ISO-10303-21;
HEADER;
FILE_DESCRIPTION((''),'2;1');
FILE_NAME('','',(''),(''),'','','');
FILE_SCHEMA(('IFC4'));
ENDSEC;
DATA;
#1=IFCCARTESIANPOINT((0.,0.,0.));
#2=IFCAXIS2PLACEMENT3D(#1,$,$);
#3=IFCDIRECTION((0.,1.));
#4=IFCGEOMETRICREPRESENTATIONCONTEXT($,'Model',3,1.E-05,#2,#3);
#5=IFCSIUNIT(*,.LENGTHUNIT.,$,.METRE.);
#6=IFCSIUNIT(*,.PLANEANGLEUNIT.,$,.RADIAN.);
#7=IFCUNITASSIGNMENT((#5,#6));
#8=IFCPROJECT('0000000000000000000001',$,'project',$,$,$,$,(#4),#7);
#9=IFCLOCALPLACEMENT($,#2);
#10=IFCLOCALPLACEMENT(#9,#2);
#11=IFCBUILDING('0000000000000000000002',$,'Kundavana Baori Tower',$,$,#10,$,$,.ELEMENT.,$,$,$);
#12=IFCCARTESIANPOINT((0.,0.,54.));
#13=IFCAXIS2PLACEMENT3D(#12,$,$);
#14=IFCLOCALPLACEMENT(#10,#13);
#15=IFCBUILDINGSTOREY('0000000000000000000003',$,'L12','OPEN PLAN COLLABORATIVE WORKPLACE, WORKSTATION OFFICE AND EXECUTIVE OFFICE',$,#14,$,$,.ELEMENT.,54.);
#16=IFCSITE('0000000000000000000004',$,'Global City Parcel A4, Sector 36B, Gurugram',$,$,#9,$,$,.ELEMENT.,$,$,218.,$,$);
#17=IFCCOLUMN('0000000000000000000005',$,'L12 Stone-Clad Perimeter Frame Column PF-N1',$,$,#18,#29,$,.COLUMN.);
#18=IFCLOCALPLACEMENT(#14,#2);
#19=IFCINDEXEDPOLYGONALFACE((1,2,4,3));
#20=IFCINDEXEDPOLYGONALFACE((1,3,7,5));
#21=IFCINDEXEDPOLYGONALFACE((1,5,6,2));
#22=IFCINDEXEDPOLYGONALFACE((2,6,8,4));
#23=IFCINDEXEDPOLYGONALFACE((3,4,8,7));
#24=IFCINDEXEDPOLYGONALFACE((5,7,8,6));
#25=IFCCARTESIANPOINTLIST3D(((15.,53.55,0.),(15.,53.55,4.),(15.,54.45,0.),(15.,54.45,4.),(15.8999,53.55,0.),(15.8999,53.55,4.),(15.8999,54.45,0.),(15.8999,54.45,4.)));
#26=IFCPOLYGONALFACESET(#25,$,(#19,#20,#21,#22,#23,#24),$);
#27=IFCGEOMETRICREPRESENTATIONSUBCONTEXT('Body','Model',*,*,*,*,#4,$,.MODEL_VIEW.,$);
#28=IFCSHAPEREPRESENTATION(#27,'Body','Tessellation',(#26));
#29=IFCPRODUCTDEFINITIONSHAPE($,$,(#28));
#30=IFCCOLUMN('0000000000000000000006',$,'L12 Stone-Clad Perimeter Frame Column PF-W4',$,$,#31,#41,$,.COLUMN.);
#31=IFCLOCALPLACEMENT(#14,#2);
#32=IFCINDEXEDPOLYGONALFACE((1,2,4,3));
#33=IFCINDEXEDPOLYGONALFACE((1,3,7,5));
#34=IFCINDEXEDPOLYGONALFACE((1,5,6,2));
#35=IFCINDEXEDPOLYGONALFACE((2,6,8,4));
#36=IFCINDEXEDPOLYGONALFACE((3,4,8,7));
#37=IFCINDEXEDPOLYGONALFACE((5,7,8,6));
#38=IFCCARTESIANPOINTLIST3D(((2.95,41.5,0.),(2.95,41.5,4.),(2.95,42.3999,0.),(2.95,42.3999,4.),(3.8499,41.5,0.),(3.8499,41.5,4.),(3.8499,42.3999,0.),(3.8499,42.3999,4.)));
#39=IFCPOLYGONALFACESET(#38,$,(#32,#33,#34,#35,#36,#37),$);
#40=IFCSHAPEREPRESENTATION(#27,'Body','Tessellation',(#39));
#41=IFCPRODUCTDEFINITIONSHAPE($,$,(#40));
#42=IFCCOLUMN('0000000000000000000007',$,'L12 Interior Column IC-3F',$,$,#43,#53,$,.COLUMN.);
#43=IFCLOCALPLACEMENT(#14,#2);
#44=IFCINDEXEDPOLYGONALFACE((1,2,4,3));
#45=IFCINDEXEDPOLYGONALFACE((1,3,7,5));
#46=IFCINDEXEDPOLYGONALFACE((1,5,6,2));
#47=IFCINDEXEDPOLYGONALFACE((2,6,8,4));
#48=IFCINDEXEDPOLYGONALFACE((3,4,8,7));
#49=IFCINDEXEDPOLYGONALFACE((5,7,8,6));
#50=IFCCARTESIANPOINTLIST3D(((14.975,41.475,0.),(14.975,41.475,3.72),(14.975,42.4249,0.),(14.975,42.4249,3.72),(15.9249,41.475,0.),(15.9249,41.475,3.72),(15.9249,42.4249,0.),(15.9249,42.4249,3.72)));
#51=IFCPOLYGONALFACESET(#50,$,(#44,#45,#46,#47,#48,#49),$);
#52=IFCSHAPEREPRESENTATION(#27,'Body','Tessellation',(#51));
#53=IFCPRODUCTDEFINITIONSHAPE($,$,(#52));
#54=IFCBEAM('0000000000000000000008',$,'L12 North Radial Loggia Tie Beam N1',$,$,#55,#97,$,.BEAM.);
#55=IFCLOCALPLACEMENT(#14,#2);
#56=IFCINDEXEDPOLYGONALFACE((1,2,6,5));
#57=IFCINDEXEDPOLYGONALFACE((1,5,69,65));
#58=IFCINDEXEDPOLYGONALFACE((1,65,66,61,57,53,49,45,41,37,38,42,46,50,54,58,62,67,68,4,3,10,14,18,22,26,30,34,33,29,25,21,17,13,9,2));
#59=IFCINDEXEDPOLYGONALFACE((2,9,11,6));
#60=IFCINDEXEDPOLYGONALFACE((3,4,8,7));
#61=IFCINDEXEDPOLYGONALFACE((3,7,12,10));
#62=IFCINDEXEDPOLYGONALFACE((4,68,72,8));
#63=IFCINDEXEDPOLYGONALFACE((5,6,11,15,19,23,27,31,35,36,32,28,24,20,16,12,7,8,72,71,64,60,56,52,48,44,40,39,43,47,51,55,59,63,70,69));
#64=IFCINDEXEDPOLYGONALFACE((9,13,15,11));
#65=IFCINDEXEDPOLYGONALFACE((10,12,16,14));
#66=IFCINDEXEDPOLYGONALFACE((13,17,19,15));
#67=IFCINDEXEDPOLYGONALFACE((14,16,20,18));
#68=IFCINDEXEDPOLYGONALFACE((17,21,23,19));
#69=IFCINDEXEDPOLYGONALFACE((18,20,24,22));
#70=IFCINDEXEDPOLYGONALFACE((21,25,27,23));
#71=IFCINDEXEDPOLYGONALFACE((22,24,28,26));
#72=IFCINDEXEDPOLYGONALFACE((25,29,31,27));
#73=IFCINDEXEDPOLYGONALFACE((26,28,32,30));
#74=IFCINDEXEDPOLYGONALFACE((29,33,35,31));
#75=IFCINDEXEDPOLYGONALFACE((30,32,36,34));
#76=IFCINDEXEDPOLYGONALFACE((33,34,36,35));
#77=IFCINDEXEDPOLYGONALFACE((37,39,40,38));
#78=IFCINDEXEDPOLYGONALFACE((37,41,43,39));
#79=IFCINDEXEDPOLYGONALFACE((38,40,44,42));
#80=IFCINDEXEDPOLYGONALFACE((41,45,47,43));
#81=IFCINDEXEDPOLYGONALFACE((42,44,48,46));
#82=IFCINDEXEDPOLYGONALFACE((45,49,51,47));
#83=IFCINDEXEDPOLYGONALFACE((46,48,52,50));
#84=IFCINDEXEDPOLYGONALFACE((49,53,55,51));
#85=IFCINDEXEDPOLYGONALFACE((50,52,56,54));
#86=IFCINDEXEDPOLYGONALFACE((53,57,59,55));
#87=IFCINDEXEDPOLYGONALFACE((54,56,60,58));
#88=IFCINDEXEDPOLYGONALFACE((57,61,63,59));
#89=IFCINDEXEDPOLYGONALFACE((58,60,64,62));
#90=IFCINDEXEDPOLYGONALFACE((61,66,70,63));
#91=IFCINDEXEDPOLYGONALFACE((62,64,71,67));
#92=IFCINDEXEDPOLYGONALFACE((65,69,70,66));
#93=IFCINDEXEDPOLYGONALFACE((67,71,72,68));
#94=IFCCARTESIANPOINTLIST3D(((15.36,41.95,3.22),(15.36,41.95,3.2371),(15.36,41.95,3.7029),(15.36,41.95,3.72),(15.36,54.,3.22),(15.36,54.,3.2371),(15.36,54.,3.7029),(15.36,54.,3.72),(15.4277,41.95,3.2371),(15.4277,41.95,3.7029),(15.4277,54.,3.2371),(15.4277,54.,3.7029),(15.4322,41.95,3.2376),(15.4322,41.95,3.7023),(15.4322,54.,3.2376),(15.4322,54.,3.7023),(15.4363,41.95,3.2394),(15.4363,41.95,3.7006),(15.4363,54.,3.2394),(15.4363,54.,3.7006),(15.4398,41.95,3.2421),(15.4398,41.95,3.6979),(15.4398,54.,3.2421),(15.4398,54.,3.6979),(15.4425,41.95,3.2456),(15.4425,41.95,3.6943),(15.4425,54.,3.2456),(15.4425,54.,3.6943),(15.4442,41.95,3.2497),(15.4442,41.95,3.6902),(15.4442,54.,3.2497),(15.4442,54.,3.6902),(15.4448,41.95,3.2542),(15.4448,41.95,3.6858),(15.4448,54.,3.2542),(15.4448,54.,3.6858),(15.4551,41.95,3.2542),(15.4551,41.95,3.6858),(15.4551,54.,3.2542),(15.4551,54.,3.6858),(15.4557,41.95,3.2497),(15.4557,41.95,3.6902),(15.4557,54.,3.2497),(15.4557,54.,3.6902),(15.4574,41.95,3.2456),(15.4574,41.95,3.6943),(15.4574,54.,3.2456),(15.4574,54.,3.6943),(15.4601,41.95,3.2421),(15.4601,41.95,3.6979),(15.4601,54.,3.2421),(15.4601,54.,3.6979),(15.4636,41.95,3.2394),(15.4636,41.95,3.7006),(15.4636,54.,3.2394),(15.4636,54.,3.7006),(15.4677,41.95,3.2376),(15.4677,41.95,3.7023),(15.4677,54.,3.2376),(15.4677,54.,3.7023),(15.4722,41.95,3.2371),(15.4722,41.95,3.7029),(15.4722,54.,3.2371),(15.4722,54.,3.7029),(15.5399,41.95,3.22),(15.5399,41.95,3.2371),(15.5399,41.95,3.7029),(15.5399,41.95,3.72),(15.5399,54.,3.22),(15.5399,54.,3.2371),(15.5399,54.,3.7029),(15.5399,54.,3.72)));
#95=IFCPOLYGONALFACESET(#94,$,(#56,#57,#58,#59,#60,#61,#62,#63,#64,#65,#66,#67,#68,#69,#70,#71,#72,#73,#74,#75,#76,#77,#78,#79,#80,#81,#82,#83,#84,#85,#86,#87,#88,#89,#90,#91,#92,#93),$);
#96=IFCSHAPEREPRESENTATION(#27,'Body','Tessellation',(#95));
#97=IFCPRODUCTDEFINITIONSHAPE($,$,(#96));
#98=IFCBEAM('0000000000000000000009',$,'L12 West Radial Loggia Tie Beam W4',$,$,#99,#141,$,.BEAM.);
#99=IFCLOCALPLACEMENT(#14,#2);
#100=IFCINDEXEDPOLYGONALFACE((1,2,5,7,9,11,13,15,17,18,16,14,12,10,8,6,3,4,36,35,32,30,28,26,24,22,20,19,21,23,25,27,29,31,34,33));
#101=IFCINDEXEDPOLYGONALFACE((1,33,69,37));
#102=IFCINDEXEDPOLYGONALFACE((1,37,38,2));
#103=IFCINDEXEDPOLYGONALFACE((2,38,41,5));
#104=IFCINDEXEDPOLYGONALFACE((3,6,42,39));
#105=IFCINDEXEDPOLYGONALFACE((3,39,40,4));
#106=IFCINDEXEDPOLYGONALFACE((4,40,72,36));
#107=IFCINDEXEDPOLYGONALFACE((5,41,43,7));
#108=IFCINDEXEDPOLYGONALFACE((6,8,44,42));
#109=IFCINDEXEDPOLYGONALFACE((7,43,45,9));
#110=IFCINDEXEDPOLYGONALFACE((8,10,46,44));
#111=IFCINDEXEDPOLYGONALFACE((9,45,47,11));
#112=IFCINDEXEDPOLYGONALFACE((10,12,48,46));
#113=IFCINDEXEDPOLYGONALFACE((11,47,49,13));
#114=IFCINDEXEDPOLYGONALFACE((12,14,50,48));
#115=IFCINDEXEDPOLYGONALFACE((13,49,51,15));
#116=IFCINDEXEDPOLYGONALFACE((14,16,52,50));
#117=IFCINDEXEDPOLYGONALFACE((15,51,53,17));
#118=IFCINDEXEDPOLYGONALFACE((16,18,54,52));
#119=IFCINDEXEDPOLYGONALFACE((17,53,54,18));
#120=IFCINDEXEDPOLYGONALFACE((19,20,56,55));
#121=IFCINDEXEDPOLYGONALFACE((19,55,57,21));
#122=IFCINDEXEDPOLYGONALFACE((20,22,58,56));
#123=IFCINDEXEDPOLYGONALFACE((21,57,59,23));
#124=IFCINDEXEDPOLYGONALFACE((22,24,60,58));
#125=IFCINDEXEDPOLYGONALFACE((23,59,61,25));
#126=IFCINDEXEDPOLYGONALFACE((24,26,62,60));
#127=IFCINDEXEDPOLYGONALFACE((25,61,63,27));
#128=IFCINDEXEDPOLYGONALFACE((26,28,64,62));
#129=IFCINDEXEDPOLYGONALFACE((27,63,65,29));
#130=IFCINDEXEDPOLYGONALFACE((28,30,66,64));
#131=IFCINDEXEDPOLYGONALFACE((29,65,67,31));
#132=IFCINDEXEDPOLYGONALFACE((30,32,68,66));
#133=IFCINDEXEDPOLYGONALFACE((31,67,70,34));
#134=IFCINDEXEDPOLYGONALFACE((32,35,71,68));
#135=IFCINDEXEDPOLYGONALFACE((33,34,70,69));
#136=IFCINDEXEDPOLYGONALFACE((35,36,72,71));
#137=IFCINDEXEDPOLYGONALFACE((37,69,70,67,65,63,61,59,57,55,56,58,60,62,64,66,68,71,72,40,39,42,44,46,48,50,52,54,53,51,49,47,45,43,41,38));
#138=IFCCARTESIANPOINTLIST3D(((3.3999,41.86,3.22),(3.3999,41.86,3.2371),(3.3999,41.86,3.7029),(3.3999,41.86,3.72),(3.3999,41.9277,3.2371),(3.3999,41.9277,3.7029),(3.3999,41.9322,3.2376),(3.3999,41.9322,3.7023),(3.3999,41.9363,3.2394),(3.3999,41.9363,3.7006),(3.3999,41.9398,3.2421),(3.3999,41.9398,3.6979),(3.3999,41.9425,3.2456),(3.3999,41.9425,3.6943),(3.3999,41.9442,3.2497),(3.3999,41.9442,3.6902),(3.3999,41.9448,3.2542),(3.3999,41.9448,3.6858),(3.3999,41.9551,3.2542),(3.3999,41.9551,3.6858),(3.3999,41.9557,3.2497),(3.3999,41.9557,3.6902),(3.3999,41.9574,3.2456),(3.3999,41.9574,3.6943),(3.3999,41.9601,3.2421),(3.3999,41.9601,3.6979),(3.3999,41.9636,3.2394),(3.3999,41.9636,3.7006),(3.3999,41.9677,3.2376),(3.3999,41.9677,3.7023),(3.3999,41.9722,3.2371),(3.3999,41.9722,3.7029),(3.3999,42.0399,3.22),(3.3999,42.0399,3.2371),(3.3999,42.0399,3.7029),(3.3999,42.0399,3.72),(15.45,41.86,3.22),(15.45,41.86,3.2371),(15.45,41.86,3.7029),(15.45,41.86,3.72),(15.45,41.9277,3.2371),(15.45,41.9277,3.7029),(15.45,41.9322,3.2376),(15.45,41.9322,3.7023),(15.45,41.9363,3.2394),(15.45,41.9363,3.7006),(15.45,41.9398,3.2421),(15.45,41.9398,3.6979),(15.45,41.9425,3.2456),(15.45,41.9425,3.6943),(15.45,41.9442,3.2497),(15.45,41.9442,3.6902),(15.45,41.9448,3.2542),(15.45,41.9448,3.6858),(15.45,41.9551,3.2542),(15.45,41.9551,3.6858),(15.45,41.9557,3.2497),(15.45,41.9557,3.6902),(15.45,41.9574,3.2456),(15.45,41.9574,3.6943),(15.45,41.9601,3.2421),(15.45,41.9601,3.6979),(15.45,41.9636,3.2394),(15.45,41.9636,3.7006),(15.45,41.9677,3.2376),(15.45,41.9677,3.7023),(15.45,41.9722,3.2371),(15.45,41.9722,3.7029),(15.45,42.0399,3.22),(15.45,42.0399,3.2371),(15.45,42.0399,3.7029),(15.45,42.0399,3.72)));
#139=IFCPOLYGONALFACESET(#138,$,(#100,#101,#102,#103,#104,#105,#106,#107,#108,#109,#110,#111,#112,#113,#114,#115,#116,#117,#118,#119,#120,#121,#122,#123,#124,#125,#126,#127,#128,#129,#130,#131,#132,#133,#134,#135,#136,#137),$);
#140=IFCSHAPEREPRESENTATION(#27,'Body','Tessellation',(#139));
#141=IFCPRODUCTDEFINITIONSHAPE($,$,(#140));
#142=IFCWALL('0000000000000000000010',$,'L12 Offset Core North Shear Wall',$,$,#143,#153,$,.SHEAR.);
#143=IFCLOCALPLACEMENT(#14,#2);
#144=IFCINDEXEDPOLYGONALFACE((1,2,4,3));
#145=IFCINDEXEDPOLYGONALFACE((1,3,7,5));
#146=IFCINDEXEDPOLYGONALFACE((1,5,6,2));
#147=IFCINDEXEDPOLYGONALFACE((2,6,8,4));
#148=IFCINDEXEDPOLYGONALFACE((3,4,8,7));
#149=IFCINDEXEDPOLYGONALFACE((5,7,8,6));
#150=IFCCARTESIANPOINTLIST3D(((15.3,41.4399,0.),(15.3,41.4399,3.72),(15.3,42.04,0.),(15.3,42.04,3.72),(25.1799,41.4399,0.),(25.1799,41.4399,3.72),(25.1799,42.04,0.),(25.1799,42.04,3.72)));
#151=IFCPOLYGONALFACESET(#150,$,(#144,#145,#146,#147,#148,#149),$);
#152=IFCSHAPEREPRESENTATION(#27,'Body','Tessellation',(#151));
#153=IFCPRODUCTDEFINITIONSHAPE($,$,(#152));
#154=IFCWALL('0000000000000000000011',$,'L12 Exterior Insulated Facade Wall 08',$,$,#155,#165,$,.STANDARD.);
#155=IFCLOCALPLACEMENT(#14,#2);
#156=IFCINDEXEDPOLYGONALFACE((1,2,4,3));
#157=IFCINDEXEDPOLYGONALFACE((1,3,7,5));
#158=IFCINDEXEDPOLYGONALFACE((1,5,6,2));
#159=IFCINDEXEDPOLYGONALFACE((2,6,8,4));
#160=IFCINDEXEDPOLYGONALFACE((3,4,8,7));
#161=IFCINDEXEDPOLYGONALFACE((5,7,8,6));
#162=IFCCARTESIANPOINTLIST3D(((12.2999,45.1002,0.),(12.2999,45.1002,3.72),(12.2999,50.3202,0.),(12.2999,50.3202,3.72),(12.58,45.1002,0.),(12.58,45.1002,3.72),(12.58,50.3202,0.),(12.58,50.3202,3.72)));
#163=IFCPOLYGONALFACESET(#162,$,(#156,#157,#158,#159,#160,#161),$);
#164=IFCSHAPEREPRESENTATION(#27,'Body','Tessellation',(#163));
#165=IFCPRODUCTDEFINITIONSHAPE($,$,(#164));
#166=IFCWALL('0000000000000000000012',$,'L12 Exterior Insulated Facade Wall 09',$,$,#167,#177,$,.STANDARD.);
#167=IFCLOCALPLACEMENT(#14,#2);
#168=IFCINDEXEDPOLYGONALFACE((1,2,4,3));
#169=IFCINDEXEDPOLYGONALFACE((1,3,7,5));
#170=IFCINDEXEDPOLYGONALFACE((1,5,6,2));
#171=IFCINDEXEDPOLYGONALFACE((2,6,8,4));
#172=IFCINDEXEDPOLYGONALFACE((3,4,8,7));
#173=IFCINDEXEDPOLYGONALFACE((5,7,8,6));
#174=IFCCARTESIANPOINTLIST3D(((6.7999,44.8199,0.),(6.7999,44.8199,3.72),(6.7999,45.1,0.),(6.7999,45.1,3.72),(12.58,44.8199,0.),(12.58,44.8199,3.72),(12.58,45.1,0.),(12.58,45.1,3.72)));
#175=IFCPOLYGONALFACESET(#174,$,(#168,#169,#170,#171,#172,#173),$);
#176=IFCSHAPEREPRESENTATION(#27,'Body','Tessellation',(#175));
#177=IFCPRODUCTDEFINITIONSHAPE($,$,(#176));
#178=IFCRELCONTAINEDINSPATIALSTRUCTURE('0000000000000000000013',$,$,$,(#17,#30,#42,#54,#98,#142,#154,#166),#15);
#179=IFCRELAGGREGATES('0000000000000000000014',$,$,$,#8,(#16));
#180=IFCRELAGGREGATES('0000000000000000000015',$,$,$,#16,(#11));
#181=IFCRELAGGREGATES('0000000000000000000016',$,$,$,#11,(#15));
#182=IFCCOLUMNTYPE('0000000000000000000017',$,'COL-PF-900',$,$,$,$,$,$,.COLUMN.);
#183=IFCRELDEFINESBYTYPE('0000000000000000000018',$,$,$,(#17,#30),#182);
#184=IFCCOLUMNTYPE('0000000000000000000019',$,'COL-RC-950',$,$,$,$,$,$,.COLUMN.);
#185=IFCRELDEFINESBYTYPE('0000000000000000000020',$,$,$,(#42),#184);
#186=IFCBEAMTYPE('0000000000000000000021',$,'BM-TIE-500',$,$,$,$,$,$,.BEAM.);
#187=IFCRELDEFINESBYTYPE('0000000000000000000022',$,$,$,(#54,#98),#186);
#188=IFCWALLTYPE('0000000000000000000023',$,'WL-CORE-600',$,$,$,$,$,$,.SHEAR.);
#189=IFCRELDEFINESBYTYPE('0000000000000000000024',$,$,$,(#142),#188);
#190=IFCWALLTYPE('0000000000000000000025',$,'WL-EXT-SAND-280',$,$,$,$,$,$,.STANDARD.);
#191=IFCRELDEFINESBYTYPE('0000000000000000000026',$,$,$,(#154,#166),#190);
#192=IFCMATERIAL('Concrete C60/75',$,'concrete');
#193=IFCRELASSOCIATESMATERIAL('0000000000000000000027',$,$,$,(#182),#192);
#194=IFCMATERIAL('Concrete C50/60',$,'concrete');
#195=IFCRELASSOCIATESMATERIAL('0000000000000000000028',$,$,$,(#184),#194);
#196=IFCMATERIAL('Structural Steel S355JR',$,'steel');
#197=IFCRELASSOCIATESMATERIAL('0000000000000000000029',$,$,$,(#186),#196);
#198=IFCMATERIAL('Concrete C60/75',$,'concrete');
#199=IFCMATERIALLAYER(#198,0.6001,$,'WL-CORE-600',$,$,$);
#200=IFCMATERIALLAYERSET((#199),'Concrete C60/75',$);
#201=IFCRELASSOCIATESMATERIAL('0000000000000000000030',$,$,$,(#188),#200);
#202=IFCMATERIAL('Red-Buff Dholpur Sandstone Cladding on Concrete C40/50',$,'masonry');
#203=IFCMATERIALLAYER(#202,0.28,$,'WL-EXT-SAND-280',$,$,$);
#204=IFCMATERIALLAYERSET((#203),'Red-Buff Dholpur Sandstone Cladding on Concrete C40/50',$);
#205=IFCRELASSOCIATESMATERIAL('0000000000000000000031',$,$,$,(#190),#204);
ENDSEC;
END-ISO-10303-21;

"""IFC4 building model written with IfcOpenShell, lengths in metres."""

from ifc_helpers import new_model, si_unit, direction, frame, frame_2d, origin, origin_2d, place, context, subcontext, project, spatial, rectangle, i_section, extrude, material, layer, layer_set, material_profile, profile_set, type_object, element, save


model = new_model("IFC4")

# Units and contexts
model_context = context("Model", 3, precision=1e-05, world=origin(), true_north=direction((0.0, 1.0)))
body_context = subcontext(model_context, "Body", "Model", "MODEL_VIEW")
ifc_project = project(units=[si_unit("LENGTHUNIT", "METRE"), si_unit("PLANEANGLEUNIT", "RADIAN")], contexts=[model_context])

# Site, building, storey
site_placement = place(None, origin())
site = spatial("IfcSite", under=ifc_project, at=site_placement, Name="Global City Parcel A4, Sector 36B, Gurugram", CompositionType="ELEMENT", RefElevation=218.0)
building_placement = place(site_placement, origin())
building = spatial("IfcBuilding", under=site, at=building_placement, Name="Kundavana Baori Tower", CompositionType="ELEMENT")
storey_placement = place(building_placement, frame((0.0, 0.0, 54.0)))
storey = spatial("IfcBuildingStorey", under=building, at=storey_placement, Name="L12", Description="OPEN PLAN COLLABORATIVE WORKPLACE, WORKSTATION OFFICE AND EXECUTIVE OFFICE", CompositionType="ELEMENT", Elevation=54.0)

# Columns
ifc_material_1 = material(Name="Concrete C60/75", Category="concrete")
ifc_material_profile_1 = material_profile(ifc_material_1, rectangle(XDim=0.8999, YDim=0.8999, at=origin_2d()), Name="RC PF 900x900")
ifc_profile_set_1 = profile_set([ifc_material_profile_1], Name="Concrete C60/75")
column_type_1 = type_object("IfcColumnType", Name="COL-PF-900", PredefinedType="COLUMN", material=ifc_profile_set_1)
for number, where, z_axis, x_axis, name in (
    (1, (15.45, 54.0, 0.0), (0.0, 0.0, 1.0), (1.0, 0.0, 0.0), "L12 Stone-Clad Perimeter Frame Column PF-N1"),
    (2, (3.3999, 41.95, 0.0), (0.0, 0.0, 1.0), (1.0, 0.0, 0.0), "L12 Stone-Clad Perimeter Frame Column PF-W4"),
):
    element("IfcColumn", number, at=place(storey_placement, frame(where, z_axis=z_axis, x_axis=x_axis)), inside=storey, type_object=column_type_1, Name=name, PredefinedType="COLUMN", context=body_context, shape_type="SweptSolid", body=[
        extrude(rectangle(XDim=0.8999, YDim=0.8999, at=origin_2d()), origin(), (0.0, 0.0, 1.0), 4.0),
    ])
ifc_material_2 = material(Name="Concrete C50/60", Category="concrete")
ifc_material_profile_2 = material_profile(ifc_material_2, rectangle(XDim=0.95, YDim=0.95, at=origin_2d()), Name="RC 950x950")
ifc_profile_set_2 = profile_set([ifc_material_profile_2], Name="Concrete C50/60")
column_type_2 = type_object("IfcColumnType", Name="COL-RC-950", PredefinedType="COLUMN", material=ifc_profile_set_2)
column_placement = place(storey_placement, frame((15.45, 41.95, 0.0), z_axis=(0.0, 0.0, 1.0), x_axis=(1.0, 0.0, 0.0)))
element("IfcColumn", 3, at=column_placement, inside=storey, type_object=column_type_2, Name="L12 Interior Column IC-3F", PredefinedType="COLUMN", context=body_context, shape_type="SweptSolid", body=[
    extrude(rectangle(XDim=0.95, YDim=0.95, at=origin_2d()), origin(), (0.0, 0.0, 1.0), 3.72),
])

# Beams
ifc_material_3 = material(Name="Structural Steel S355JR", Category="steel")
ifc_material_profile_3 = material_profile(ifc_material_3, i_section(OverallWidth=0.1799, OverallDepth=0.5, WebThickness=0.0103, FlangeThickness=0.0171, FilletRadius=0.0171, at=origin_2d()), Name="ISMB 500")
ifc_profile_set_3 = profile_set([ifc_material_profile_3], Name="Structural Steel S355JR")
beam_type = type_object("IfcBeamType", Name="BM-TIE-500", PredefinedType="BEAM", material=ifc_profile_set_3)
for number, where, z_axis, x_axis, name in (
    (4, (15.45, 41.95, 3.47), (0.0, 1.0, 0.0), (-1.0, 0.0, 0.0), "L12 North Radial Loggia Tie Beam N1"),
    (5, (15.45, 41.95, 3.47), (-1.0, 0.0, 0.0), (0.0, -1.0, 0.0), "L12 West Radial Loggia Tie Beam W4"),
):
    element("IfcBeam", number, at=place(storey_placement, frame(where, z_axis=z_axis, x_axis=x_axis)), inside=storey, type_object=beam_type, Name=name, PredefinedType="BEAM", context=body_context, shape_type="SweptSolid", body=[
        extrude(i_section(OverallWidth=0.1799, OverallDepth=0.5, WebThickness=0.0103, FlangeThickness=0.0171, FilletRadius=0.0171, at=origin_2d()), origin(), (0.0, 0.0, 1.0), 12.05),
    ])

# Walls
ifc_material_4 = material(Name="Concrete C60/75", Category="concrete")
ifc_layer_1 = layer(ifc_material_4, 0.6001, Name="WL-CORE-600")
ifc_layer_set_1 = layer_set([ifc_layer_1], Name="Concrete C60/75")
wall_type_1 = type_object("IfcWallType", Name="WL-CORE-600", PredefinedType="SHEAR", material=ifc_layer_set_1)
wall_1_placement = place(storey_placement, frame((15.3, 41.74, 0.0), z_axis=(0.0, 0.0, 1.0), x_axis=(1.0, 0.0, 0.0)))
element("IfcWall", 6, at=wall_1_placement, inside=storey, type_object=wall_type_1, Name="L12 Offset Core North Shear Wall", PredefinedType="SHEAR", context=body_context, shape_type="SweptSolid", body=[
    extrude(rectangle(XDim=9.8799, YDim=0.6001, at=frame_2d((4.9399, 0.0))), origin(), (0.0, 0.0, 1.0), 3.72),
])
ifc_material_5 = material(Name="Red-Buff Dholpur Sandstone Cladding on Concrete C40/50", Category="masonry")
ifc_layer_2 = layer(ifc_material_5, 0.28, Name="WL-EXT-SAND-280")
ifc_layer_set_2 = layer_set([ifc_layer_2], Name="Red-Buff Dholpur Sandstone Cladding on Concrete C40/50")
wall_type_2 = type_object("IfcWallType", Name="WL-EXT-SAND-280", PredefinedType="STANDARD", material=ifc_layer_set_2)
wall_2_placement = place(storey_placement, frame((12.4399, 50.3201, 0.0), z_axis=(0.0, 0.0, 1.0), x_axis=(0.0, -1.0, 0.0)))
element("IfcWall", 7, at=wall_2_placement, inside=storey, type_object=wall_type_2, Name="L12 Exterior Insulated Facade Wall 08", PredefinedType="STANDARD", context=body_context, shape_type="SweptSolid", body=[
    extrude(rectangle(XDim=5.22, YDim=0.28, at=frame_2d((2.6099, 0.0))), origin(), (0.0, 0.0, 1.0), 3.72),
])
wall_3_placement = place(storey_placement, frame((12.5801, 44.96, 0.0), z_axis=(0.0, 0.0, 1.0), x_axis=(-1.0, 0.0, 0.0)))
element("IfcWall", 8, at=wall_3_placement, inside=storey, type_object=wall_type_2, Name="L12 Exterior Insulated Facade Wall 09", PredefinedType="STANDARD", context=body_context, shape_type="SweptSolid", body=[
    extrude(rectangle(XDim=5.78, YDim=0.28, at=frame_2d((2.8901, 0.0))), origin(), (0.0, 0.0, 1.0), 3.72),
])

save(model, "model.ifc")
